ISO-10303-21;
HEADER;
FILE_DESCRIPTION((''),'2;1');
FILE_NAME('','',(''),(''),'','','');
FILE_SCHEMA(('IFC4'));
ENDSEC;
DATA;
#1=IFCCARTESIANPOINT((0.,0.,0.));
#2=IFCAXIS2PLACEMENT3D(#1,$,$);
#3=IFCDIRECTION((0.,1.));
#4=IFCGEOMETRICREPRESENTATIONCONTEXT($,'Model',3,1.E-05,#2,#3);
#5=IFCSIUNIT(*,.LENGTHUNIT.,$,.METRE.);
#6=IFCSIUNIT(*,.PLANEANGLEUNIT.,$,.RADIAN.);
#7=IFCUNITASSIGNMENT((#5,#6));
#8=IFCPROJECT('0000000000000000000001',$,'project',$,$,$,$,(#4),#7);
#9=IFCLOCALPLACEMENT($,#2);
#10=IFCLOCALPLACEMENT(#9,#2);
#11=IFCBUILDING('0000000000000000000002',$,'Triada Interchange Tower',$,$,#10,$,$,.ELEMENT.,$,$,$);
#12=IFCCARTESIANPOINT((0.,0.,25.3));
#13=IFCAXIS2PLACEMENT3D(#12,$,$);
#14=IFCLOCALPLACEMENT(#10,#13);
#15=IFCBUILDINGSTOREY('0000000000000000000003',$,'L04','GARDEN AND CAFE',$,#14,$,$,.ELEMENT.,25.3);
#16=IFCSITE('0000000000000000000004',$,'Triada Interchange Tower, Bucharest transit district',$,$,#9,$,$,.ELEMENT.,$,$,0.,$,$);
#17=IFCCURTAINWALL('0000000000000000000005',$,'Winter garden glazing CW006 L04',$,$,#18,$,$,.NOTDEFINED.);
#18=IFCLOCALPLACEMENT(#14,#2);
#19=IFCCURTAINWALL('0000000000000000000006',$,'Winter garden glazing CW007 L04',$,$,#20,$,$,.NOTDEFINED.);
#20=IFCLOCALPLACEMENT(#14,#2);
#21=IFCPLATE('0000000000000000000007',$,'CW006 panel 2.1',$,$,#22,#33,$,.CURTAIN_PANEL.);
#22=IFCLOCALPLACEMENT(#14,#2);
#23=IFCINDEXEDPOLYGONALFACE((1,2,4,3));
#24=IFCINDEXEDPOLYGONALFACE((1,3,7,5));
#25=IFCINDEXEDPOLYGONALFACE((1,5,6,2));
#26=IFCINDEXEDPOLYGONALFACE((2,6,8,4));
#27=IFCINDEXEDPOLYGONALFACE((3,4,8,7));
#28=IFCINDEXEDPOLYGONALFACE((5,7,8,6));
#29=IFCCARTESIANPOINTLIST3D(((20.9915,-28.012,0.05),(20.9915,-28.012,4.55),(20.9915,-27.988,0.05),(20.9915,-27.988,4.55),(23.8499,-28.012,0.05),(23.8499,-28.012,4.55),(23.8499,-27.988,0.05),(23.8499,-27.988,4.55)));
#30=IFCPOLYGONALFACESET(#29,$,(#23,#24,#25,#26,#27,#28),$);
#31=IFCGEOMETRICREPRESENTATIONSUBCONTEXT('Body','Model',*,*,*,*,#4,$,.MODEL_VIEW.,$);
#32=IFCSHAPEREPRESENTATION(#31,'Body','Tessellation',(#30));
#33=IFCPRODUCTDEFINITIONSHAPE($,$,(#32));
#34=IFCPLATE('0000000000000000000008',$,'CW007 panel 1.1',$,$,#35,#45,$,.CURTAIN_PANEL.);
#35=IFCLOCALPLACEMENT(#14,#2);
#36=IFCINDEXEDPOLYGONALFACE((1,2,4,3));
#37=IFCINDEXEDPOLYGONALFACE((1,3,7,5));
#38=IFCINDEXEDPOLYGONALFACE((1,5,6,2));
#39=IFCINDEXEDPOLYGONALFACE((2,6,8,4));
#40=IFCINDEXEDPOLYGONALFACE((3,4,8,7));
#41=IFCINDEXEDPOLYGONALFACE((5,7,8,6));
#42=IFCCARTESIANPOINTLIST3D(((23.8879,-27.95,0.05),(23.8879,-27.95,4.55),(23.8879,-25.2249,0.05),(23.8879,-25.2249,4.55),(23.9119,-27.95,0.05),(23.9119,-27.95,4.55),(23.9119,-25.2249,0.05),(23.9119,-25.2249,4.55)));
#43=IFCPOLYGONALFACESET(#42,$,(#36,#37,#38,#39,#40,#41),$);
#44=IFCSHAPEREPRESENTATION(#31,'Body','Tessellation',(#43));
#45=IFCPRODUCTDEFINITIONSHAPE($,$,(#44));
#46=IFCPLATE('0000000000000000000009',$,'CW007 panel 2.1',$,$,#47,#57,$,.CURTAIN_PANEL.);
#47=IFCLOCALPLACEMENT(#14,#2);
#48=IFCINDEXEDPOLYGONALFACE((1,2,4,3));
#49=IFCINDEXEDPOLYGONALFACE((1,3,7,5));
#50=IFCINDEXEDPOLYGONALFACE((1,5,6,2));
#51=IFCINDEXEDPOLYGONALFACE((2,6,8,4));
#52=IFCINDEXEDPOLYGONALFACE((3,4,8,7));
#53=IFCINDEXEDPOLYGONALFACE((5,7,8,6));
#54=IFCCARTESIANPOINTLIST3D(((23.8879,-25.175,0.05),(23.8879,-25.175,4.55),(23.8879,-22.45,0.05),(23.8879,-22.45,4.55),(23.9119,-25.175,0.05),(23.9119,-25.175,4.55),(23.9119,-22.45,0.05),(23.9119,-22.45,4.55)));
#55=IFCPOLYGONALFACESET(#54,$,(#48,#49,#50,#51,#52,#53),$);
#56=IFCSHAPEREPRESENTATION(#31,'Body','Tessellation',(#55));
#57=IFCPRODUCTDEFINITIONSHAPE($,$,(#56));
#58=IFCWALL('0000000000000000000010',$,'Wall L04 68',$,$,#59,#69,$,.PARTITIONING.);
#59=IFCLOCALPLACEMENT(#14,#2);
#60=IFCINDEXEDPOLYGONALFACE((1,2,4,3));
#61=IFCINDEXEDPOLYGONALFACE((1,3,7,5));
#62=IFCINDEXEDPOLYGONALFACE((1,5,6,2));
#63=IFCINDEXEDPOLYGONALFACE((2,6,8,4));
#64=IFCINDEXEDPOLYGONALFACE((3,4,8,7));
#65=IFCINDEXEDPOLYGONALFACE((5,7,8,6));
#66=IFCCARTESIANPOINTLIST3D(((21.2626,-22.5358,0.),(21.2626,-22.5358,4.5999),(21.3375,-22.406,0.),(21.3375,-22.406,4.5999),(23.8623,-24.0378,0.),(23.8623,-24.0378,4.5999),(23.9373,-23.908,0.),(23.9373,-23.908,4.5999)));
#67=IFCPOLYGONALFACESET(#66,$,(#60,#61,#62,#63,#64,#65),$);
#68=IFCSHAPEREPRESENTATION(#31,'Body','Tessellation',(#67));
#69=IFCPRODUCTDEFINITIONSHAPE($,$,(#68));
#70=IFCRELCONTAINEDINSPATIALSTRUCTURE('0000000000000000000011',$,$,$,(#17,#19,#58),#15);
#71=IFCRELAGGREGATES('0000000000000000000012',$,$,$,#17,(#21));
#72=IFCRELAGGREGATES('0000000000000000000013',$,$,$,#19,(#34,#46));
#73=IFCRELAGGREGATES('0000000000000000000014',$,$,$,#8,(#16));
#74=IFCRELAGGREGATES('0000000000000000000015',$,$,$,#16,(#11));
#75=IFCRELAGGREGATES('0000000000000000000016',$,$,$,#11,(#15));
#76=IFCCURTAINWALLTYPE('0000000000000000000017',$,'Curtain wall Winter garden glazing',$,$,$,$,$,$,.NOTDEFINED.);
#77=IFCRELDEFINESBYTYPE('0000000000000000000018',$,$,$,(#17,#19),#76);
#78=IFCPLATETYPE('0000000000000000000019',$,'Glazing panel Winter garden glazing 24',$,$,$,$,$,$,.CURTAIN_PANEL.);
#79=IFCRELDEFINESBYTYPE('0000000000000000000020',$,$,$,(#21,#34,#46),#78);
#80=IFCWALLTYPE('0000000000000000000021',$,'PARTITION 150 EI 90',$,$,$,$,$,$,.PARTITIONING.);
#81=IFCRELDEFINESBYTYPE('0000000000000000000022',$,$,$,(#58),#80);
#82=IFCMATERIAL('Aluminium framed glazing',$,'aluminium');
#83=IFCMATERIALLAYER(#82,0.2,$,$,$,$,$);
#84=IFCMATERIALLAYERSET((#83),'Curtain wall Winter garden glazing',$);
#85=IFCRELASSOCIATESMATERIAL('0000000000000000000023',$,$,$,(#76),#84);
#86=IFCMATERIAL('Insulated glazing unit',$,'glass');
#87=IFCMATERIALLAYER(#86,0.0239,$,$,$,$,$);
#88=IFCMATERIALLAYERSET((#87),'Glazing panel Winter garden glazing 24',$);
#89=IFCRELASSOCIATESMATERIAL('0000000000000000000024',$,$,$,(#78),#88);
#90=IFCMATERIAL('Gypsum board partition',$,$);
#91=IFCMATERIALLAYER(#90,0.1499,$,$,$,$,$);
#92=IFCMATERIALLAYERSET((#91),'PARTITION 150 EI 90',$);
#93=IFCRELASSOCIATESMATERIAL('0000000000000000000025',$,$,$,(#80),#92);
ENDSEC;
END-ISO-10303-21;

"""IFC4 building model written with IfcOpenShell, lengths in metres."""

from ifc_helpers import new_model, si_unit, direction, frame, frame_2d, origin, origin_2d, place, context, subcontext, project, spatial, rectangle, extrude, material, layer, layer_set, type_object, element, aggregate, save


model = new_model("IFC4")

# Units and contexts
model_context = context("Model", 3, precision=1e-05, world=origin(), true_north=direction((0.0, 1.0)))
body_context = subcontext(model_context, "Body", "Model", "MODEL_VIEW")
ifc_project = project(units=[si_unit("LENGTHUNIT", "METRE"), si_unit("PLANEANGLEUNIT", "RADIAN")], contexts=[model_context])

# Site, building, storey
site_placement = place(None, origin())
site = spatial("IfcSite", under=ifc_project, at=site_placement, Name="Triada Interchange Tower, Bucharest transit district", CompositionType="ELEMENT", RefElevation=0.0)
building_placement = place(site_placement, origin())
building = spatial("IfcBuilding", under=site, at=building_placement, Name="Triada Interchange Tower", CompositionType="ELEMENT")
storey_placement = place(building_placement, frame((0.0, 0.0, 25.3)))
storey = spatial("IfcBuildingStorey", under=building, at=storey_placement, Name="L04", Description="GARDEN AND CAFE", CompositionType="ELEMENT", Elevation=25.3)

# Curtain wall
ifc_material_1 = material(Name="Aluminium framed glazing", Category="aluminium")
ifc_layer_1 = layer(ifc_material_1, 0.2)
ifc_layer_set_1 = layer_set([ifc_layer_1], Name="Curtain wall Winter garden glazing")
curtain_wall_type = type_object("IfcCurtainWallType", Name="Curtain wall Winter garden glazing", PredefinedType="NOTDEFINED", material=ifc_layer_set_1)
curtain_wall_1_placement = place(storey_placement, origin())
curtain_wall_1 = element("IfcCurtainWall", 1, at=curtain_wall_1_placement, inside=storey, type_object=curtain_wall_type, Name="Winter garden glazing CW006 L04", PredefinedType="NOTDEFINED")

# Curtain wall
curtain_wall_2_placement = place(storey_placement, origin())
curtain_wall_2 = element("IfcCurtainWall", 2, at=curtain_wall_2_placement, inside=storey, type_object=curtain_wall_type, Name="Winter garden glazing CW007 L04", PredefinedType="NOTDEFINED")

# Plates
ifc_material_2 = material(Name="Insulated glazing unit", Category="glass")
ifc_layer_2 = layer(ifc_material_2, 0.0239)
ifc_layer_set_2 = layer_set([ifc_layer_2], Name="Glazing panel Winter garden glazing 24")
plate_type = type_object("IfcPlateType", Name="Glazing panel Winter garden glazing 24", PredefinedType="CURTAIN_PANEL", material=ifc_layer_set_2)
plate_1_placement = place(storey_placement, frame((22.4207, -28.0, 0.05), z_axis=(0.0, 0.0, 1.0), x_axis=(1.0, 0.0, 0.0)))
plate_1 = element("IfcPlate", 3, at=plate_1_placement, type_object=plate_type, Name="CW006 panel 2.1", PredefinedType="CURTAIN_PANEL", context=body_context, shape_type="SweptSolid", body=[
    extrude(rectangle(XDim=2.8584, YDim=0.0239, at=origin_2d()), origin(), (0.0, 0.0, 1.0), 4.5),
])
aggregate(curtain_wall_1, [plate_1])
plate_2_placement = place(storey_placement, frame((23.8999, -26.5874, 0.05), z_axis=(0.0, 0.0, 1.0), x_axis=(0.0, 1.0, 0.0)))
plate_2 = element("IfcPlate", 4, at=plate_2_placement, type_object=plate_type, Name="CW007 panel 1.1", PredefinedType="CURTAIN_PANEL", context=body_context, shape_type="SweptSolid", body=[
    extrude(rectangle(XDim=2.7251, YDim=0.0239, at=origin_2d()), origin(), (0.0, 0.0, 1.0), 4.5),
])
plate_3_placement = place(storey_placement, frame((23.8999, -23.8125, 0.05), z_axis=(0.0, 0.0, 1.0), x_axis=(0.0, 1.0, 0.0)))
plate_3 = element("IfcPlate", 5, at=plate_3_placement, type_object=plate_type, Name="CW007 panel 2.1", PredefinedType="CURTAIN_PANEL", context=body_context, shape_type="SweptSolid", body=[
    extrude(rectangle(XDim=2.7251, YDim=0.0239, at=origin_2d()), origin(), (0.0, 0.0, 1.0), 4.5),
])
aggregate(curtain_wall_2, [plate_2, plate_3])

# Wall
ifc_material_3 = material(Name="Gypsum board partition")
ifc_layer_3 = layer(ifc_material_3, 0.1499)
ifc_layer_set_3 = layer_set([ifc_layer_3], Name="PARTITION 150 EI 90")
wall_type = type_object("IfcWallType", Name="PARTITION 150 EI 90", PredefinedType="PARTITIONING", material=ifc_layer_set_3)
wall_placement = place(storey_placement, frame((21.3, -22.4709, 0.0), z_axis=(0.0, 0.0, 1.0), x_axis=(0.865892, -0.500232, 0.0)))
element("IfcWall", 6, at=wall_placement, inside=storey, type_object=wall_type, Name="Wall L04 68", PredefinedType="PARTITIONING", context=body_context, shape_type="SweptSolid", body=[
    extrude(rectangle(XDim=3.0024, YDim=0.1499, at=frame_2d((1.5012, 0.0))), origin(), (0.0, 0.0, 1.0), 4.5999),
])

save(model, "model.ifc")
